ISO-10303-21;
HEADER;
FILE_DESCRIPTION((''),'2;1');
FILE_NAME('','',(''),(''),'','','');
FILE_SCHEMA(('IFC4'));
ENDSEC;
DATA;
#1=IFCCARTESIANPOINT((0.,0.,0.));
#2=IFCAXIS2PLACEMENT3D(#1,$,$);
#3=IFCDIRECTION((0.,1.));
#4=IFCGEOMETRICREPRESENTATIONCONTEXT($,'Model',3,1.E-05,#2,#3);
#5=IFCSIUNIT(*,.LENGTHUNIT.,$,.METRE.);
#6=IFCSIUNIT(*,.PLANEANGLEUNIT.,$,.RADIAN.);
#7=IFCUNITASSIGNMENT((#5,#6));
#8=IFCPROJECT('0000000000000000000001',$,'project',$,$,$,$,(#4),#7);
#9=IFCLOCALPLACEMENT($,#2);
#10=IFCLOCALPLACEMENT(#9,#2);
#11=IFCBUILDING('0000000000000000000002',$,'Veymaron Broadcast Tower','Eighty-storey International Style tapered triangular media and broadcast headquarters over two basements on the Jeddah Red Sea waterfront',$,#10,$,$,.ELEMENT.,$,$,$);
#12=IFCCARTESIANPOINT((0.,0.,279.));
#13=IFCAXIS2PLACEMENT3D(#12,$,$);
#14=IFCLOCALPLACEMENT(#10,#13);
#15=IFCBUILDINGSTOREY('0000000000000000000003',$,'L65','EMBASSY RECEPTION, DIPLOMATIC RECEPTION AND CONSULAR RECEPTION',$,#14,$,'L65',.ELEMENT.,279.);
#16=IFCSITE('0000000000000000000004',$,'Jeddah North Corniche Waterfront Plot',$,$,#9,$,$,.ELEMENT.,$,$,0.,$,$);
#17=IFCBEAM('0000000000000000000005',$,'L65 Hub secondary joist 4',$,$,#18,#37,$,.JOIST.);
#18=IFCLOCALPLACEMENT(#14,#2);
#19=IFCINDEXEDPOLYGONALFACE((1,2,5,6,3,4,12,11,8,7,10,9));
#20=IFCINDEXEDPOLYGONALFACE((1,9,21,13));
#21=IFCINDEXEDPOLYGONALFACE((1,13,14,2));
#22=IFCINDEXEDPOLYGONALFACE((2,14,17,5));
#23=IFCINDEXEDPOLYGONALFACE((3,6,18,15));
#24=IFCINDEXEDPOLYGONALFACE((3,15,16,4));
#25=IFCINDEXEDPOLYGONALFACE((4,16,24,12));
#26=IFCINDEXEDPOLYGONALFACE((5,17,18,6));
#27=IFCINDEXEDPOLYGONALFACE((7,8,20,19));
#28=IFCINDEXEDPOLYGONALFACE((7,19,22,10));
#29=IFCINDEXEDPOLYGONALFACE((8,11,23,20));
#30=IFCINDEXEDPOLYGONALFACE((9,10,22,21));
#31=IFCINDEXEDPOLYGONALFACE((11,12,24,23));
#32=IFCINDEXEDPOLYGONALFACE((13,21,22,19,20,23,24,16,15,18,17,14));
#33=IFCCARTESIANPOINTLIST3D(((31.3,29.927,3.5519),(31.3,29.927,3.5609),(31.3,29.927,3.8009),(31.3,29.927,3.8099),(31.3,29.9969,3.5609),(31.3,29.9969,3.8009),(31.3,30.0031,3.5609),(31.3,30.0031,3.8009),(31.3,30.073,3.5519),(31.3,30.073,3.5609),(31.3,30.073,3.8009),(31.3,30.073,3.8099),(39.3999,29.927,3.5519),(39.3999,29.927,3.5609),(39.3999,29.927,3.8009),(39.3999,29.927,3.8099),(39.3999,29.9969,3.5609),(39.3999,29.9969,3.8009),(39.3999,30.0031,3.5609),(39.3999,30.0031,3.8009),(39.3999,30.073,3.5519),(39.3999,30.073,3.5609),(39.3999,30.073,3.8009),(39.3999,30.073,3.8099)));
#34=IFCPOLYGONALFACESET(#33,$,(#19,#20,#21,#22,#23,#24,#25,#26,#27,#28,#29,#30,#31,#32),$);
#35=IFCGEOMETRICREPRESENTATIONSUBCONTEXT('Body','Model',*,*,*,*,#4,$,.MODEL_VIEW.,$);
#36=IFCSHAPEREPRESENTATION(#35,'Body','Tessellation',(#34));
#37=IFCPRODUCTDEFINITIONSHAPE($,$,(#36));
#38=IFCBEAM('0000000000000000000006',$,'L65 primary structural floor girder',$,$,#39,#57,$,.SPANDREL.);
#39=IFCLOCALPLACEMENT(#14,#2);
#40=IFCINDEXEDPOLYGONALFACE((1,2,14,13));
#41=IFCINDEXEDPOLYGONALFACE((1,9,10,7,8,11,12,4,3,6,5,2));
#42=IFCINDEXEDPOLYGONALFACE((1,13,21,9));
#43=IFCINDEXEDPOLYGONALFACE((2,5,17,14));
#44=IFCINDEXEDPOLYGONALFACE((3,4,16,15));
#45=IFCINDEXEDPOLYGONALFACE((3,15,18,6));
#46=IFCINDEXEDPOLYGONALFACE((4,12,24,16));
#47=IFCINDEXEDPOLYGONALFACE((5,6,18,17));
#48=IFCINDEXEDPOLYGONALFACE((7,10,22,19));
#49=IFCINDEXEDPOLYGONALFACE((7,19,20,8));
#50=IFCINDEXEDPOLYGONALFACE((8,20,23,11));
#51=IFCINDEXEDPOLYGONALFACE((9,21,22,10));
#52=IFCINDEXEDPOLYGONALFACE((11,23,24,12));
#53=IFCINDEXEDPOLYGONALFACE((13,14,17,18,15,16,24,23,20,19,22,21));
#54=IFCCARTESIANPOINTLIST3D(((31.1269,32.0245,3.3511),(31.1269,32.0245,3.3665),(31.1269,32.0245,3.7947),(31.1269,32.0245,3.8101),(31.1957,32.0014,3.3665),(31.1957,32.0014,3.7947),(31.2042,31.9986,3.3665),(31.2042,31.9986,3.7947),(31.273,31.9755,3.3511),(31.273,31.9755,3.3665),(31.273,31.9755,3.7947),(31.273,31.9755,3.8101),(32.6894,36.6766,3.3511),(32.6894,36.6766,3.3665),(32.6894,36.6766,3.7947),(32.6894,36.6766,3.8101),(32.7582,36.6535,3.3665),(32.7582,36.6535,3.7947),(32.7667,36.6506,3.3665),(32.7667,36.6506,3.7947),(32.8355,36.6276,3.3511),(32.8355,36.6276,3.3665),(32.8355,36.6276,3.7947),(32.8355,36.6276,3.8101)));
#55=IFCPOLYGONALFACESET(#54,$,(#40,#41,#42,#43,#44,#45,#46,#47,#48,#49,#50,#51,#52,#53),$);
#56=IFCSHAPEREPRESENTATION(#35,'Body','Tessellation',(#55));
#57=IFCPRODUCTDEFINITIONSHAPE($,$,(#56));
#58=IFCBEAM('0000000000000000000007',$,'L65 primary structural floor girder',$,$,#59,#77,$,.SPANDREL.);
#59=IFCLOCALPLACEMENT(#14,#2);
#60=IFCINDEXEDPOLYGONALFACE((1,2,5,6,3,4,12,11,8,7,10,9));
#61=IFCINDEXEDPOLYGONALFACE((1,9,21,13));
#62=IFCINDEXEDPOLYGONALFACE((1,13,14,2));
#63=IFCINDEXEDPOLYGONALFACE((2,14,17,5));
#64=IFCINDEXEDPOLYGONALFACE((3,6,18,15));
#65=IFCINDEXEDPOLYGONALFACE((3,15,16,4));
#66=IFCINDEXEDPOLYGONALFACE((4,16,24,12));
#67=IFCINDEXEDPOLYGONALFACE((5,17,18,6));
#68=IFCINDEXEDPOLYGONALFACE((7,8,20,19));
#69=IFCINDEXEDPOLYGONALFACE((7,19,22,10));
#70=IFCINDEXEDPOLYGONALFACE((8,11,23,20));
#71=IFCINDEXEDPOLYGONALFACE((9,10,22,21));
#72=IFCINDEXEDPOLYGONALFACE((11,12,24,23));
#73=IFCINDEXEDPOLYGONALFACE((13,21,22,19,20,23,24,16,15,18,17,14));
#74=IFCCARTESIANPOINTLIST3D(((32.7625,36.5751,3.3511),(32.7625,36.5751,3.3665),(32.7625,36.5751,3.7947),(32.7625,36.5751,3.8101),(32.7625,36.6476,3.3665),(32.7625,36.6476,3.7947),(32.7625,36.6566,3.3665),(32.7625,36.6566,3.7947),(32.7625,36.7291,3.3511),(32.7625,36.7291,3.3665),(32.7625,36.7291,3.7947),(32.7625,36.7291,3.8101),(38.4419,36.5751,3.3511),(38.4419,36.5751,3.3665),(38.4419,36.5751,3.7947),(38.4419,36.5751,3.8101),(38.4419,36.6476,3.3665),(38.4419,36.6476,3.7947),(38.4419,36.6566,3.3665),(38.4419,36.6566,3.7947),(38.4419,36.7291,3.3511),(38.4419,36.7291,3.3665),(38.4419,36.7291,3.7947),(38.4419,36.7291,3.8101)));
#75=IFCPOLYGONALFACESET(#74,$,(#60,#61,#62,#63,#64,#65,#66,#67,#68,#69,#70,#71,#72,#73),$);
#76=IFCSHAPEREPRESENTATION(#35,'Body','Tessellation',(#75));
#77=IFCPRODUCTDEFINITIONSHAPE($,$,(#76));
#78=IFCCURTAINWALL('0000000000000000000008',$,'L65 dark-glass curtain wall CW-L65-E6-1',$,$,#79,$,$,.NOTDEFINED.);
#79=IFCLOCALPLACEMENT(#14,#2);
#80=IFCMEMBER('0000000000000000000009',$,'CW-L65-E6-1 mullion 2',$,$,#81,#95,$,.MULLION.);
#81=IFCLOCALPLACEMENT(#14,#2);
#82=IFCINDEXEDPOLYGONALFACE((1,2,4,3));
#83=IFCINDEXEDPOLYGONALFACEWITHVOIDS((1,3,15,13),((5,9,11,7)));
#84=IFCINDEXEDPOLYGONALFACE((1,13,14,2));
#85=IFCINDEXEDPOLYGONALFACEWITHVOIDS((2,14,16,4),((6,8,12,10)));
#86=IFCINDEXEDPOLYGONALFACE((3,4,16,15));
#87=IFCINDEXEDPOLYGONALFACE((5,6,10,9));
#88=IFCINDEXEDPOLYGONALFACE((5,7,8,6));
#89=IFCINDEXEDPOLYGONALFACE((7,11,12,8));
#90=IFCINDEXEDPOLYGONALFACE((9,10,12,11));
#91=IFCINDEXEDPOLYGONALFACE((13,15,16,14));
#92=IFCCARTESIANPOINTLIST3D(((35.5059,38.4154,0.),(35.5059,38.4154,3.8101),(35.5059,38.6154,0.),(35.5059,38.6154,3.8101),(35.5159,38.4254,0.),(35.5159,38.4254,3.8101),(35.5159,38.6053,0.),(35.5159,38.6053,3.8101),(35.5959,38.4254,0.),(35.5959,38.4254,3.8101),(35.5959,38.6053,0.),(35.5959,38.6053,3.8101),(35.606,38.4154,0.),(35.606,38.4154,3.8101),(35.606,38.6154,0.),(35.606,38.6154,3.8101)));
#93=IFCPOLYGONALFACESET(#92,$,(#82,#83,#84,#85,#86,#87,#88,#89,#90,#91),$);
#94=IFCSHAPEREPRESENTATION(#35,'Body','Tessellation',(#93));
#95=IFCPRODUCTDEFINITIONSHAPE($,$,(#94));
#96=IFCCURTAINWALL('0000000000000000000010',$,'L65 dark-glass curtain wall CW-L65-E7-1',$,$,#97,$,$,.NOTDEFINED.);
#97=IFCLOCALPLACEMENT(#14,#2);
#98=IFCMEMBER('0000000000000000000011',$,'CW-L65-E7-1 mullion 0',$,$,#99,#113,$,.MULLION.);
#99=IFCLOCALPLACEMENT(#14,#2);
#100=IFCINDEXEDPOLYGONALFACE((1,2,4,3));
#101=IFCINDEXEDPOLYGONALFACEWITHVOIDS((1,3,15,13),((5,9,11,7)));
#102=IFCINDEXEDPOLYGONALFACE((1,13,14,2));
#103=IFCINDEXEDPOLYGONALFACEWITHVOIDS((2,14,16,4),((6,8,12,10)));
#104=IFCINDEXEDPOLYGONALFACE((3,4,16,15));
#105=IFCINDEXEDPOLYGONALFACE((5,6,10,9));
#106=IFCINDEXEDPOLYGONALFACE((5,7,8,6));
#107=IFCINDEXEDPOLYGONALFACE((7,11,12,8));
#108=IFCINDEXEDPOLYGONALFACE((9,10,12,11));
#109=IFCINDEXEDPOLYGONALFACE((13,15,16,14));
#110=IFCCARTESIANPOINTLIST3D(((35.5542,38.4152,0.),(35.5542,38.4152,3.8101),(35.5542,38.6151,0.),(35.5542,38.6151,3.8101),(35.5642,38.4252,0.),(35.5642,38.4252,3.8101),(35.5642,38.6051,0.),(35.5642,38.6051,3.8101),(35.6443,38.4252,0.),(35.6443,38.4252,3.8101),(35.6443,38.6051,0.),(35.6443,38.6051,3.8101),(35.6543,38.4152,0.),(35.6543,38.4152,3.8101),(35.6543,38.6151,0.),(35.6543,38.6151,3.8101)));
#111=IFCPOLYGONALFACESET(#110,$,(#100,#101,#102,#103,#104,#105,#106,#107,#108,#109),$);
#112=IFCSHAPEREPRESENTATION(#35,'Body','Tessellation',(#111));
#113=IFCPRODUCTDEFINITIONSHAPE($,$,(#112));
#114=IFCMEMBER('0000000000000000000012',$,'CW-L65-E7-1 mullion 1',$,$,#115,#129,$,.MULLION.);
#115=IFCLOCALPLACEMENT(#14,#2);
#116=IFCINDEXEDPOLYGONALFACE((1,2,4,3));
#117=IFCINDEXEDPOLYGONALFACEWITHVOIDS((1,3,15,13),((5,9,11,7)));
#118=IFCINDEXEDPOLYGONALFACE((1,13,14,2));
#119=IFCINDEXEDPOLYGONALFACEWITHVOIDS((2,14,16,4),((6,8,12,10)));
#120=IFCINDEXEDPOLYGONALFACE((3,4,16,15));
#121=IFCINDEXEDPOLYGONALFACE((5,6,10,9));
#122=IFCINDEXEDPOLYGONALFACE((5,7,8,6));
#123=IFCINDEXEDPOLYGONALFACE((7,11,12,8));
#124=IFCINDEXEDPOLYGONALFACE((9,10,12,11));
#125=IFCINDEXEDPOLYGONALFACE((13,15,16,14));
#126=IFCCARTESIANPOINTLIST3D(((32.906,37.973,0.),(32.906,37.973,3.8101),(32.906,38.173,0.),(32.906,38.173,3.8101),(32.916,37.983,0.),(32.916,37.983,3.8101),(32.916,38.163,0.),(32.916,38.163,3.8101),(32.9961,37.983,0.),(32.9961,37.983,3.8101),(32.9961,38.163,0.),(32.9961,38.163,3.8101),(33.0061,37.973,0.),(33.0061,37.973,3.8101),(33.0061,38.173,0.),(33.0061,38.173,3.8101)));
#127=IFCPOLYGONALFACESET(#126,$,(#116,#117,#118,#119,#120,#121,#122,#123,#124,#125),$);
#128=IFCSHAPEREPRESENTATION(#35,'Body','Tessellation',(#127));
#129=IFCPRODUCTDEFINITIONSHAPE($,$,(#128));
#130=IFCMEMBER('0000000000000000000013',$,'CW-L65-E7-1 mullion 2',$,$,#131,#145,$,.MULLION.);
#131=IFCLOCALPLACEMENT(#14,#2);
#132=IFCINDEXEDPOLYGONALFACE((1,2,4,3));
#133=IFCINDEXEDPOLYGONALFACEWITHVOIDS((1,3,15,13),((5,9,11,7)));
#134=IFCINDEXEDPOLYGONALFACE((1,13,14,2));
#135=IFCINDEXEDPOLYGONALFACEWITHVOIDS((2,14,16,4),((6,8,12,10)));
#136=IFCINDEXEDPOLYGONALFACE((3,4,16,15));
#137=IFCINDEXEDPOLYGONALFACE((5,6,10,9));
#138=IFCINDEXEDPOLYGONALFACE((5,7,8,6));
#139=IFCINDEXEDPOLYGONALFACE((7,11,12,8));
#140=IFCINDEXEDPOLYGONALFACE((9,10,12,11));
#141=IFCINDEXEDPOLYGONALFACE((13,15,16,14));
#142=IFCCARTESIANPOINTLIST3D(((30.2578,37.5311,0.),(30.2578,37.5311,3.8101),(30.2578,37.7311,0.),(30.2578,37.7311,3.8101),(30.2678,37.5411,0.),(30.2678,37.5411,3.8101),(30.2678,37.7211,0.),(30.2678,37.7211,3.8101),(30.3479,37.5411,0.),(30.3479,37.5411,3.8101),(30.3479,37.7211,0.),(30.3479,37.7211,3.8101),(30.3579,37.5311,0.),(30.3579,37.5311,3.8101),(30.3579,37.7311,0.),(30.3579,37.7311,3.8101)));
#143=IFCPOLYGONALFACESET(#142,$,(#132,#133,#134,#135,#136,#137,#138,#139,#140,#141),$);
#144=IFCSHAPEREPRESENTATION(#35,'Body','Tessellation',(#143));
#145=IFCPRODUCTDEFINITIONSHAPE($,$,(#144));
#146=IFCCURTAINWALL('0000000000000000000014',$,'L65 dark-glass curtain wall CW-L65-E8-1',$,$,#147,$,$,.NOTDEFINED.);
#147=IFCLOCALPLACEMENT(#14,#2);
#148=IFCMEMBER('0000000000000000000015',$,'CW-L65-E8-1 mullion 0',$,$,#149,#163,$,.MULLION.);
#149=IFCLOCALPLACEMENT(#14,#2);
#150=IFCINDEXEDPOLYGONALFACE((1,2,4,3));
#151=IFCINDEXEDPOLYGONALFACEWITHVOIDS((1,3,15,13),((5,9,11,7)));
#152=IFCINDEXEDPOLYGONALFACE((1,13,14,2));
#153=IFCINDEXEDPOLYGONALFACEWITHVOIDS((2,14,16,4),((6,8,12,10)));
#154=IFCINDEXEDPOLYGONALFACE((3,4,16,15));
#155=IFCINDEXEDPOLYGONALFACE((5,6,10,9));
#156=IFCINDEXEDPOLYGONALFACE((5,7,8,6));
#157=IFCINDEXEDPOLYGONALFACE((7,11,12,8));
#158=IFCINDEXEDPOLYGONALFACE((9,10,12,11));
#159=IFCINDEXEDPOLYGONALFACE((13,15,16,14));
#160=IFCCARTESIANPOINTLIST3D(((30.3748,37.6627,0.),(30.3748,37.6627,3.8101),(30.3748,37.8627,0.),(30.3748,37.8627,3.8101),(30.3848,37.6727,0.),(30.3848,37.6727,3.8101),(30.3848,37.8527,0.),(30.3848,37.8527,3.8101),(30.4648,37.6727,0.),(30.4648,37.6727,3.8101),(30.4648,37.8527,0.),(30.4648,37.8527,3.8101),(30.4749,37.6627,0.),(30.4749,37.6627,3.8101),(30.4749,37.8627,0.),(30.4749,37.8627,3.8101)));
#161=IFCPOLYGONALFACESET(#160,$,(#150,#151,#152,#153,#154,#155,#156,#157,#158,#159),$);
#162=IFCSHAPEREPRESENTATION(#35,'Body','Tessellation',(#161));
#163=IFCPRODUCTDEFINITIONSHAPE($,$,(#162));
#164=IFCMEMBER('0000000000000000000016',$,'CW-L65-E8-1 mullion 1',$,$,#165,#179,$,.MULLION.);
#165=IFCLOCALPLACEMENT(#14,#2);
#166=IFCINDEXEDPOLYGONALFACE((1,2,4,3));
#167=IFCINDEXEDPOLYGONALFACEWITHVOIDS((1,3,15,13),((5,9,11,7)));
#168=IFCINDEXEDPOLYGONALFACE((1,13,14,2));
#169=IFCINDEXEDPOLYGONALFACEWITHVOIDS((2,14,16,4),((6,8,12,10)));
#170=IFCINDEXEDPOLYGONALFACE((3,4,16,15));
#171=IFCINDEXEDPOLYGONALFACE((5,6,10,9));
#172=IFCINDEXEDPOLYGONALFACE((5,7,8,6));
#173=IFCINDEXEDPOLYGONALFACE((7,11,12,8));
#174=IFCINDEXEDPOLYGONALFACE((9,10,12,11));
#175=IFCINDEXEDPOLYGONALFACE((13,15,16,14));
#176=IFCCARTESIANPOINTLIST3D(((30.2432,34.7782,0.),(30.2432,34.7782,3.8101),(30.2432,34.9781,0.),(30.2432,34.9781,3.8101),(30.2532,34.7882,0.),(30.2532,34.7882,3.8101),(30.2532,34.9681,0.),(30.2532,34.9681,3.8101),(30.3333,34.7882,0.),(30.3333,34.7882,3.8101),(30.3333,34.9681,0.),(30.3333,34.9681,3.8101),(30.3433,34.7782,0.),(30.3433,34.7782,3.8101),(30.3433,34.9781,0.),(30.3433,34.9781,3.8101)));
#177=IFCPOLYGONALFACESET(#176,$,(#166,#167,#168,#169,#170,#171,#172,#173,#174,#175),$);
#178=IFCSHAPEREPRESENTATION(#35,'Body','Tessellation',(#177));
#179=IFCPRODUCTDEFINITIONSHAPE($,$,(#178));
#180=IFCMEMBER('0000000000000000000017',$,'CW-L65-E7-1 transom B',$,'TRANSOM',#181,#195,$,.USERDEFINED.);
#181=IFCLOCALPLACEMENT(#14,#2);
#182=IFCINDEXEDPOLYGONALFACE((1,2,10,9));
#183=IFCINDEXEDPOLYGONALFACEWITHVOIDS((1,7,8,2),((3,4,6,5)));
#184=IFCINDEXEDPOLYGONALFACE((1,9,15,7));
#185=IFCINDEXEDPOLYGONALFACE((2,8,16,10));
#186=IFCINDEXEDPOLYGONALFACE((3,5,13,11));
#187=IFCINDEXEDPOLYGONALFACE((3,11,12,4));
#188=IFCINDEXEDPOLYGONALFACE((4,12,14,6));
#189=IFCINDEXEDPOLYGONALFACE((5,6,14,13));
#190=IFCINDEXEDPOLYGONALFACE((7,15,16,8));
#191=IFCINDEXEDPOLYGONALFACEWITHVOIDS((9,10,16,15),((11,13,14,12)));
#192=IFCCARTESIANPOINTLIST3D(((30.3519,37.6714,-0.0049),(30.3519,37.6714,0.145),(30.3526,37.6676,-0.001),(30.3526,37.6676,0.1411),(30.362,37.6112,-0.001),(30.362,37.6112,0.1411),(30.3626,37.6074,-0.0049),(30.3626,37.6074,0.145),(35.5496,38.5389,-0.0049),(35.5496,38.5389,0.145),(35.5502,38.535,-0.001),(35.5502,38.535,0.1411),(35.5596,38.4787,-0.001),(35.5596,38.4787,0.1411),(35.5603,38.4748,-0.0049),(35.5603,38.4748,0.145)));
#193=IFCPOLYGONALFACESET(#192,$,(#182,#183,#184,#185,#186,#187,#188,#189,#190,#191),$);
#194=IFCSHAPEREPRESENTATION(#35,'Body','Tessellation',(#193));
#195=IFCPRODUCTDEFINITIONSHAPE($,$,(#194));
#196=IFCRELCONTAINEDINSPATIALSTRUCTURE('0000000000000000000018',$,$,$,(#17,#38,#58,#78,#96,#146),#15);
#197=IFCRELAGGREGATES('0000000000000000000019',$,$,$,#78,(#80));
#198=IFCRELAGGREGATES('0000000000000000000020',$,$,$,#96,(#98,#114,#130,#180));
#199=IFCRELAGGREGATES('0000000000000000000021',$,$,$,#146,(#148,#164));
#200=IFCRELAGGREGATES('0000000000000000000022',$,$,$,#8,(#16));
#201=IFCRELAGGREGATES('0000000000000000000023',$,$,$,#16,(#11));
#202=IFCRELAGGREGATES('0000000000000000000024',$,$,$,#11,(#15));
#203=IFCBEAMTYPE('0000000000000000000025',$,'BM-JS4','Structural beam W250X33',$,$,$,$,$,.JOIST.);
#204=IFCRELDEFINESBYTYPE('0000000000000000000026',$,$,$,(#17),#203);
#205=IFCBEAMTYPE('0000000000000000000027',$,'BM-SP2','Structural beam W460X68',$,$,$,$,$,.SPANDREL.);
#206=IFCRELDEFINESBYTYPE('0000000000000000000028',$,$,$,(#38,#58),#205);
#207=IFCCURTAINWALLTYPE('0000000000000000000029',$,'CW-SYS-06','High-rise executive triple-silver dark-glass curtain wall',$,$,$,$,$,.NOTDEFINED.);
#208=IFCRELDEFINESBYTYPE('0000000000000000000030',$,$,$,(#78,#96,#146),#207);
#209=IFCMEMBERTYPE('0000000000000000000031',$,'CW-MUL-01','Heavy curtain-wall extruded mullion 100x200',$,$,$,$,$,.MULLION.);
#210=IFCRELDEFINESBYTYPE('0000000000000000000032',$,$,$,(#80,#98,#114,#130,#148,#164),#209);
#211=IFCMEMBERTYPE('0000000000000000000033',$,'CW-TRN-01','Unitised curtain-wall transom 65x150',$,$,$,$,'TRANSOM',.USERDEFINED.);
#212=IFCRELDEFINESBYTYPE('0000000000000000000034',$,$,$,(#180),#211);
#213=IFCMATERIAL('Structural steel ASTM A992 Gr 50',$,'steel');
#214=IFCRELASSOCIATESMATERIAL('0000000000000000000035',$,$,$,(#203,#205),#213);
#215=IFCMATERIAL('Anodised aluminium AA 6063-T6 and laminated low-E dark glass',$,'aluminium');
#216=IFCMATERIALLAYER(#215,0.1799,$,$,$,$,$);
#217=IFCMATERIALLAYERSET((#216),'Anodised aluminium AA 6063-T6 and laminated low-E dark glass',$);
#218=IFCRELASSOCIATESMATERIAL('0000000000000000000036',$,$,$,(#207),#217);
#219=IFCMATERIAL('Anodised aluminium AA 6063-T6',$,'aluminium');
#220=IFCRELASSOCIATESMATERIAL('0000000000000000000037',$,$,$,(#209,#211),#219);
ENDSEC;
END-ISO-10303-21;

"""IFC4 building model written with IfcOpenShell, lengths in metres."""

from ifc_helpers import new_model, si_unit, direction, frame, origin, origin_2d, place, context, subcontext, project, spatial, hollow_rectangle, i_section, extrude, material, layer, layer_set, material_profile, profile_set, type_object, element, aggregate, save


model = new_model("IFC4")

# Units and contexts
model_context = context("Model", 3, precision=1e-05, world=origin(), true_north=direction((0.0, 1.0)))
body_context = subcontext(model_context, "Body", "Model", "MODEL_VIEW")
ifc_project = project(units=[si_unit("LENGTHUNIT", "METRE"), si_unit("PLANEANGLEUNIT", "RADIAN")], contexts=[model_context])

# Site, building, storey
site_placement = place(None, origin())
site = spatial("IfcSite", under=ifc_project, at=site_placement, Name="Jeddah North Corniche Waterfront Plot", CompositionType="ELEMENT", RefElevation=0.0)
building_placement = place(site_placement, origin())
building = spatial("IfcBuilding", under=site, at=building_placement, Name="Veymaron Broadcast Tower", Description="Eighty-storey International Style tapered triangular media and broadcast headquarters over two basements on the Jeddah Red Sea waterfront", CompositionType="ELEMENT")
storey_placement = place(building_placement, frame((0.0, 0.0, 279.0)))
storey = spatial("IfcBuildingStorey", under=building, at=storey_placement, Name="L65", Description="EMBASSY RECEPTION, DIPLOMATIC RECEPTION AND CONSULAR RECEPTION", LongName="L65", CompositionType="ELEMENT", Elevation=279.0)

# Shared definitions
ifc_material_1 = material(Name="Structural steel ASTM A992 Gr 50", Category="steel")

# Beams
ifc_material_profile_1 = material_profile(ifc_material_1, i_section(OverallWidth=0.146, OverallDepth=0.2581, WebThickness=0.0061, FlangeThickness=0.009, at=origin_2d()), Name="W250X33")
ifc_profile_set_1 = profile_set([ifc_material_profile_1], Name="Structural steel ASTM A992 Gr 50")
beam_type_1 = type_object("IfcBeamType", Name="BM-JS4", Description="Structural beam W250X33", PredefinedType="JOIST", material=ifc_profile_set_1)
for number, where, z_axis, x_axis, name in (
    (1, (31.3, 30.0, 3.6809), (1.0, 0.0, 0.0), (0.0, 1.0, 0.0), "L65 Hub secondary joist 4"),
):
    element("IfcBeam", number, at=place(storey_placement, frame(where, z_axis=z_axis, x_axis=x_axis)), inside=storey, type_object=beam_type_1, Name=name, PredefinedType="JOIST", context=body_context, shape_type="SweptSolid", body=[
        extrude(i_section(OverallWidth=0.146, OverallDepth=0.2581, WebThickness=0.0061, FlangeThickness=0.009, at=origin_2d()), origin(), (0.0, 0.0, 1.0), 8.0999),
    ])
ifc_material_profile_2 = material_profile(ifc_material_1, i_section(OverallWidth=0.1541, OverallDepth=0.459, WebThickness=0.009, FlangeThickness=0.0154, at=origin_2d()), Name="W460X68")
ifc_profile_set_2 = profile_set([ifc_material_profile_2], Name="Structural steel ASTM A992 Gr 50")
beam_type_2 = type_object("IfcBeamType", Name="BM-SP2", Description="Structural beam W460X68", PredefinedType="SPANDREL", material=ifc_profile_set_2)
beam_1_placement = place(storey_placement, frame((31.2, 32.0, 3.5806), z_axis=(0.318391, 0.947959, 0.0), x_axis=(-0.947959, 0.318391, 0.0)))
element("IfcBeam", 2, at=beam_1_placement, inside=storey, type_object=beam_type_2, Name="L65 primary structural floor girder", PredefinedType="SPANDREL", context=body_context, shape_type="SweptSolid", body=[
    extrude(i_section(OverallWidth=0.1541, OverallDepth=0.459, WebThickness=0.009, FlangeThickness=0.0154, at=origin_2d()), origin(), (0.0, 0.0, 1.0), 4.9075),
])
beam_2_placement = place(storey_placement, frame((32.7625, 36.6521, 3.5806), z_axis=(1.0, 0.0, 0.0), x_axis=(0.0, 1.0, 0.0)))
element("IfcBeam", 3, at=beam_2_placement, inside=storey, type_object=beam_type_2, Name="L65 primary structural floor girder", PredefinedType="SPANDREL", context=body_context, shape_type="SweptSolid", body=[
    extrude(i_section(OverallWidth=0.1541, OverallDepth=0.459, WebThickness=0.009, FlangeThickness=0.0154, at=origin_2d()), origin(), (0.0, 0.0, 1.0), 5.6794),
])

# Curtain wall, member
ifc_material_2 = material(Name="Anodised aluminium AA 6063-T6 and laminated low-E dark glass", Category="aluminium")
ifc_layer_1 = layer(ifc_material_2, 0.1799)
ifc_layer_set_1 = layer_set([ifc_layer_1], Name="Anodised aluminium AA 6063-T6 and laminated low-E dark glass")
curtain_wall_type = type_object("IfcCurtainWallType", Name="CW-SYS-06", Description="High-rise executive triple-silver dark-glass curtain wall", PredefinedType="NOTDEFINED", material=ifc_layer_set_1)
curtain_wall_1_placement = place(storey_placement, origin())
curtain_wall_1 = element("IfcCurtainWall", 4, at=curtain_wall_1_placement, inside=storey, type_object=curtain_wall_type, Name="L65 dark-glass curtain wall CW-L65-E6-1", PredefinedType="NOTDEFINED")
ifc_material_3 = material(Name="Anodised aluminium AA 6063-T6", Category="aluminium")
ifc_material_profile_3 = material_profile(ifc_material_3, hollow_rectangle(XDim=0.1001, YDim=0.2, WallThickness=0.01, at=origin_2d()), Name="RHS200X100X10")
ifc_profile_set_3 = profile_set([ifc_material_profile_3], Name="Anodised aluminium AA 6063-T6")
member_type_1 = type_object("IfcMemberType", Name="CW-MUL-01", Description="Heavy curtain-wall extruded mullion 100x200", PredefinedType="MULLION", material=ifc_profile_set_3)
member_1_placement = place(storey_placement, frame((35.5559, 38.5154, 0.0), z_axis=(0.0, 0.0, 1.0), x_axis=(1.0, 0.0, 0.0)))
member_1 = element("IfcMember", 5, at=member_1_placement, type_object=member_type_1, Name="CW-L65-E6-1 mullion 2", PredefinedType="MULLION", context=body_context, shape_type="SweptSolid", body=[
    extrude(hollow_rectangle(XDim=0.1001, YDim=0.2, WallThickness=0.01, at=origin_2d()), origin(), (0.0, 0.0, 1.0), 3.8101),
])
aggregate(curtain_wall_1, [member_1])

# Curtain walls, members
curtain_wall_2_placement = place(storey_placement, origin())
curtain_wall_2 = element("IfcCurtainWall", 6, at=curtain_wall_2_placement, inside=storey, type_object=curtain_wall_type, Name="L65 dark-glass curtain wall CW-L65-E7-1", PredefinedType="NOTDEFINED")
member_2_placement = place(storey_placement, frame((35.6042, 38.5151, 0.0), z_axis=(0.0, 0.0, 1.0), x_axis=(1.0, 0.0, 0.0)))
member_2 = element("IfcMember", 7, at=member_2_placement, type_object=member_type_1, Name="CW-L65-E7-1 mullion 0", PredefinedType="MULLION", context=body_context, shape_type="SweptSolid", body=[
    extrude(hollow_rectangle(XDim=0.1001, YDim=0.2, WallThickness=0.01, at=origin_2d()), origin(), (0.0, 0.0, 1.0), 3.8101),
])
member_3_placement = place(storey_placement, frame((32.9561, 38.073, 0.0), z_axis=(0.0, 0.0, 1.0), x_axis=(1.0, 0.0, 0.0)))
member_3 = element("IfcMember", 8, at=member_3_placement, type_object=member_type_1, Name="CW-L65-E7-1 mullion 1", PredefinedType="MULLION", context=body_context, shape_type="SweptSolid", body=[
    extrude(hollow_rectangle(XDim=0.1001, YDim=0.2, WallThickness=0.01, at=origin_2d()), origin(), (0.0, 0.0, 1.0), 3.8101),
])
member_4_placement = place(storey_placement, frame((30.3079, 37.6311, 0.0), z_axis=(0.0, 0.0, 1.0), x_axis=(1.0, 0.0, 0.0)))
member_4 = element("IfcMember", 9, at=member_4_placement, type_object=member_type_1, Name="CW-L65-E7-1 mullion 2", PredefinedType="MULLION", context=body_context, shape_type="SweptSolid", body=[
    extrude(hollow_rectangle(XDim=0.1001, YDim=0.2, WallThickness=0.01, at=origin_2d()), origin(), (0.0, 0.0, 1.0), 3.8101),
])
curtain_wall_3_placement = place(storey_placement, origin())
curtain_wall_3 = element("IfcCurtainWall", 10, at=curtain_wall_3_placement, inside=storey, type_object=curtain_wall_type, Name="L65 dark-glass curtain wall CW-L65-E8-1", PredefinedType="NOTDEFINED")
member_5_placement = place(storey_placement, frame((30.4248, 37.7627, 0.0), z_axis=(0.0, 0.0, 1.0), x_axis=(1.0, 0.0, 0.0)))
member_5 = element("IfcMember", 11, at=member_5_placement, type_object=member_type_1, Name="CW-L65-E8-1 mullion 0", PredefinedType="MULLION", context=body_context, shape_type="SweptSolid", body=[
    extrude(hollow_rectangle(XDim=0.1001, YDim=0.2, WallThickness=0.01, at=origin_2d()), origin(), (0.0, 0.0, 1.0), 3.8101),
])
member_6_placement = place(storey_placement, frame((30.2932, 34.8782, 0.0), z_axis=(0.0, 0.0, 1.0), x_axis=(1.0, 0.0, 0.0)))
member_6 = element("IfcMember", 12, at=member_6_placement, type_object=member_type_1, Name="CW-L65-E8-1 mullion 1", PredefinedType="MULLION", context=body_context, shape_type="SweptSolid", body=[
    extrude(hollow_rectangle(XDim=0.1001, YDim=0.2, WallThickness=0.01, at=origin_2d()), origin(), (0.0, 0.0, 1.0), 3.8101),
])

# Member
ifc_material_profile_4 = material_profile(ifc_material_3, hollow_rectangle(XDim=0.0649, YDim=0.1499, WallThickness=0.0039, at=origin_2d()), Name="AL150X65X4")
ifc_profile_set_4 = profile_set([ifc_material_profile_4], Name="Anodised aluminium AA 6063-T6")
member_type_2 = type_object("IfcMemberType", Name="CW-TRN-01", Description="Unitised curtain-wall transom 65x150", ElementType="TRANSOM", PredefinedType="USERDEFINED", material=ifc_profile_set_4)
member_7_placement = place(storey_placement, frame((35.5549, 38.5068, 0.0701), z_axis=(-0.986359, -0.164609, 0.0), x_axis=(0.164609, -0.986359, 0.0)))
member_7 = element("IfcMember", 13, at=member_7_placement, type_object=member_type_2, Name="CW-L65-E7-1 transom B", ObjectType="TRANSOM", PredefinedType="USERDEFINED", context=body_context, shape_type="SweptSolid", body=[
    extrude(hollow_rectangle(XDim=0.0649, YDim=0.1499, WallThickness=0.0039, at=origin_2d()), origin(), (0.0, 0.0, 1.0), 5.2695),
])

aggregate(curtain_wall_2, [member_2, member_3, member_4, member_7])
aggregate(curtain_wall_3, [member_5, member_6])

save(model, "model.ifc")
